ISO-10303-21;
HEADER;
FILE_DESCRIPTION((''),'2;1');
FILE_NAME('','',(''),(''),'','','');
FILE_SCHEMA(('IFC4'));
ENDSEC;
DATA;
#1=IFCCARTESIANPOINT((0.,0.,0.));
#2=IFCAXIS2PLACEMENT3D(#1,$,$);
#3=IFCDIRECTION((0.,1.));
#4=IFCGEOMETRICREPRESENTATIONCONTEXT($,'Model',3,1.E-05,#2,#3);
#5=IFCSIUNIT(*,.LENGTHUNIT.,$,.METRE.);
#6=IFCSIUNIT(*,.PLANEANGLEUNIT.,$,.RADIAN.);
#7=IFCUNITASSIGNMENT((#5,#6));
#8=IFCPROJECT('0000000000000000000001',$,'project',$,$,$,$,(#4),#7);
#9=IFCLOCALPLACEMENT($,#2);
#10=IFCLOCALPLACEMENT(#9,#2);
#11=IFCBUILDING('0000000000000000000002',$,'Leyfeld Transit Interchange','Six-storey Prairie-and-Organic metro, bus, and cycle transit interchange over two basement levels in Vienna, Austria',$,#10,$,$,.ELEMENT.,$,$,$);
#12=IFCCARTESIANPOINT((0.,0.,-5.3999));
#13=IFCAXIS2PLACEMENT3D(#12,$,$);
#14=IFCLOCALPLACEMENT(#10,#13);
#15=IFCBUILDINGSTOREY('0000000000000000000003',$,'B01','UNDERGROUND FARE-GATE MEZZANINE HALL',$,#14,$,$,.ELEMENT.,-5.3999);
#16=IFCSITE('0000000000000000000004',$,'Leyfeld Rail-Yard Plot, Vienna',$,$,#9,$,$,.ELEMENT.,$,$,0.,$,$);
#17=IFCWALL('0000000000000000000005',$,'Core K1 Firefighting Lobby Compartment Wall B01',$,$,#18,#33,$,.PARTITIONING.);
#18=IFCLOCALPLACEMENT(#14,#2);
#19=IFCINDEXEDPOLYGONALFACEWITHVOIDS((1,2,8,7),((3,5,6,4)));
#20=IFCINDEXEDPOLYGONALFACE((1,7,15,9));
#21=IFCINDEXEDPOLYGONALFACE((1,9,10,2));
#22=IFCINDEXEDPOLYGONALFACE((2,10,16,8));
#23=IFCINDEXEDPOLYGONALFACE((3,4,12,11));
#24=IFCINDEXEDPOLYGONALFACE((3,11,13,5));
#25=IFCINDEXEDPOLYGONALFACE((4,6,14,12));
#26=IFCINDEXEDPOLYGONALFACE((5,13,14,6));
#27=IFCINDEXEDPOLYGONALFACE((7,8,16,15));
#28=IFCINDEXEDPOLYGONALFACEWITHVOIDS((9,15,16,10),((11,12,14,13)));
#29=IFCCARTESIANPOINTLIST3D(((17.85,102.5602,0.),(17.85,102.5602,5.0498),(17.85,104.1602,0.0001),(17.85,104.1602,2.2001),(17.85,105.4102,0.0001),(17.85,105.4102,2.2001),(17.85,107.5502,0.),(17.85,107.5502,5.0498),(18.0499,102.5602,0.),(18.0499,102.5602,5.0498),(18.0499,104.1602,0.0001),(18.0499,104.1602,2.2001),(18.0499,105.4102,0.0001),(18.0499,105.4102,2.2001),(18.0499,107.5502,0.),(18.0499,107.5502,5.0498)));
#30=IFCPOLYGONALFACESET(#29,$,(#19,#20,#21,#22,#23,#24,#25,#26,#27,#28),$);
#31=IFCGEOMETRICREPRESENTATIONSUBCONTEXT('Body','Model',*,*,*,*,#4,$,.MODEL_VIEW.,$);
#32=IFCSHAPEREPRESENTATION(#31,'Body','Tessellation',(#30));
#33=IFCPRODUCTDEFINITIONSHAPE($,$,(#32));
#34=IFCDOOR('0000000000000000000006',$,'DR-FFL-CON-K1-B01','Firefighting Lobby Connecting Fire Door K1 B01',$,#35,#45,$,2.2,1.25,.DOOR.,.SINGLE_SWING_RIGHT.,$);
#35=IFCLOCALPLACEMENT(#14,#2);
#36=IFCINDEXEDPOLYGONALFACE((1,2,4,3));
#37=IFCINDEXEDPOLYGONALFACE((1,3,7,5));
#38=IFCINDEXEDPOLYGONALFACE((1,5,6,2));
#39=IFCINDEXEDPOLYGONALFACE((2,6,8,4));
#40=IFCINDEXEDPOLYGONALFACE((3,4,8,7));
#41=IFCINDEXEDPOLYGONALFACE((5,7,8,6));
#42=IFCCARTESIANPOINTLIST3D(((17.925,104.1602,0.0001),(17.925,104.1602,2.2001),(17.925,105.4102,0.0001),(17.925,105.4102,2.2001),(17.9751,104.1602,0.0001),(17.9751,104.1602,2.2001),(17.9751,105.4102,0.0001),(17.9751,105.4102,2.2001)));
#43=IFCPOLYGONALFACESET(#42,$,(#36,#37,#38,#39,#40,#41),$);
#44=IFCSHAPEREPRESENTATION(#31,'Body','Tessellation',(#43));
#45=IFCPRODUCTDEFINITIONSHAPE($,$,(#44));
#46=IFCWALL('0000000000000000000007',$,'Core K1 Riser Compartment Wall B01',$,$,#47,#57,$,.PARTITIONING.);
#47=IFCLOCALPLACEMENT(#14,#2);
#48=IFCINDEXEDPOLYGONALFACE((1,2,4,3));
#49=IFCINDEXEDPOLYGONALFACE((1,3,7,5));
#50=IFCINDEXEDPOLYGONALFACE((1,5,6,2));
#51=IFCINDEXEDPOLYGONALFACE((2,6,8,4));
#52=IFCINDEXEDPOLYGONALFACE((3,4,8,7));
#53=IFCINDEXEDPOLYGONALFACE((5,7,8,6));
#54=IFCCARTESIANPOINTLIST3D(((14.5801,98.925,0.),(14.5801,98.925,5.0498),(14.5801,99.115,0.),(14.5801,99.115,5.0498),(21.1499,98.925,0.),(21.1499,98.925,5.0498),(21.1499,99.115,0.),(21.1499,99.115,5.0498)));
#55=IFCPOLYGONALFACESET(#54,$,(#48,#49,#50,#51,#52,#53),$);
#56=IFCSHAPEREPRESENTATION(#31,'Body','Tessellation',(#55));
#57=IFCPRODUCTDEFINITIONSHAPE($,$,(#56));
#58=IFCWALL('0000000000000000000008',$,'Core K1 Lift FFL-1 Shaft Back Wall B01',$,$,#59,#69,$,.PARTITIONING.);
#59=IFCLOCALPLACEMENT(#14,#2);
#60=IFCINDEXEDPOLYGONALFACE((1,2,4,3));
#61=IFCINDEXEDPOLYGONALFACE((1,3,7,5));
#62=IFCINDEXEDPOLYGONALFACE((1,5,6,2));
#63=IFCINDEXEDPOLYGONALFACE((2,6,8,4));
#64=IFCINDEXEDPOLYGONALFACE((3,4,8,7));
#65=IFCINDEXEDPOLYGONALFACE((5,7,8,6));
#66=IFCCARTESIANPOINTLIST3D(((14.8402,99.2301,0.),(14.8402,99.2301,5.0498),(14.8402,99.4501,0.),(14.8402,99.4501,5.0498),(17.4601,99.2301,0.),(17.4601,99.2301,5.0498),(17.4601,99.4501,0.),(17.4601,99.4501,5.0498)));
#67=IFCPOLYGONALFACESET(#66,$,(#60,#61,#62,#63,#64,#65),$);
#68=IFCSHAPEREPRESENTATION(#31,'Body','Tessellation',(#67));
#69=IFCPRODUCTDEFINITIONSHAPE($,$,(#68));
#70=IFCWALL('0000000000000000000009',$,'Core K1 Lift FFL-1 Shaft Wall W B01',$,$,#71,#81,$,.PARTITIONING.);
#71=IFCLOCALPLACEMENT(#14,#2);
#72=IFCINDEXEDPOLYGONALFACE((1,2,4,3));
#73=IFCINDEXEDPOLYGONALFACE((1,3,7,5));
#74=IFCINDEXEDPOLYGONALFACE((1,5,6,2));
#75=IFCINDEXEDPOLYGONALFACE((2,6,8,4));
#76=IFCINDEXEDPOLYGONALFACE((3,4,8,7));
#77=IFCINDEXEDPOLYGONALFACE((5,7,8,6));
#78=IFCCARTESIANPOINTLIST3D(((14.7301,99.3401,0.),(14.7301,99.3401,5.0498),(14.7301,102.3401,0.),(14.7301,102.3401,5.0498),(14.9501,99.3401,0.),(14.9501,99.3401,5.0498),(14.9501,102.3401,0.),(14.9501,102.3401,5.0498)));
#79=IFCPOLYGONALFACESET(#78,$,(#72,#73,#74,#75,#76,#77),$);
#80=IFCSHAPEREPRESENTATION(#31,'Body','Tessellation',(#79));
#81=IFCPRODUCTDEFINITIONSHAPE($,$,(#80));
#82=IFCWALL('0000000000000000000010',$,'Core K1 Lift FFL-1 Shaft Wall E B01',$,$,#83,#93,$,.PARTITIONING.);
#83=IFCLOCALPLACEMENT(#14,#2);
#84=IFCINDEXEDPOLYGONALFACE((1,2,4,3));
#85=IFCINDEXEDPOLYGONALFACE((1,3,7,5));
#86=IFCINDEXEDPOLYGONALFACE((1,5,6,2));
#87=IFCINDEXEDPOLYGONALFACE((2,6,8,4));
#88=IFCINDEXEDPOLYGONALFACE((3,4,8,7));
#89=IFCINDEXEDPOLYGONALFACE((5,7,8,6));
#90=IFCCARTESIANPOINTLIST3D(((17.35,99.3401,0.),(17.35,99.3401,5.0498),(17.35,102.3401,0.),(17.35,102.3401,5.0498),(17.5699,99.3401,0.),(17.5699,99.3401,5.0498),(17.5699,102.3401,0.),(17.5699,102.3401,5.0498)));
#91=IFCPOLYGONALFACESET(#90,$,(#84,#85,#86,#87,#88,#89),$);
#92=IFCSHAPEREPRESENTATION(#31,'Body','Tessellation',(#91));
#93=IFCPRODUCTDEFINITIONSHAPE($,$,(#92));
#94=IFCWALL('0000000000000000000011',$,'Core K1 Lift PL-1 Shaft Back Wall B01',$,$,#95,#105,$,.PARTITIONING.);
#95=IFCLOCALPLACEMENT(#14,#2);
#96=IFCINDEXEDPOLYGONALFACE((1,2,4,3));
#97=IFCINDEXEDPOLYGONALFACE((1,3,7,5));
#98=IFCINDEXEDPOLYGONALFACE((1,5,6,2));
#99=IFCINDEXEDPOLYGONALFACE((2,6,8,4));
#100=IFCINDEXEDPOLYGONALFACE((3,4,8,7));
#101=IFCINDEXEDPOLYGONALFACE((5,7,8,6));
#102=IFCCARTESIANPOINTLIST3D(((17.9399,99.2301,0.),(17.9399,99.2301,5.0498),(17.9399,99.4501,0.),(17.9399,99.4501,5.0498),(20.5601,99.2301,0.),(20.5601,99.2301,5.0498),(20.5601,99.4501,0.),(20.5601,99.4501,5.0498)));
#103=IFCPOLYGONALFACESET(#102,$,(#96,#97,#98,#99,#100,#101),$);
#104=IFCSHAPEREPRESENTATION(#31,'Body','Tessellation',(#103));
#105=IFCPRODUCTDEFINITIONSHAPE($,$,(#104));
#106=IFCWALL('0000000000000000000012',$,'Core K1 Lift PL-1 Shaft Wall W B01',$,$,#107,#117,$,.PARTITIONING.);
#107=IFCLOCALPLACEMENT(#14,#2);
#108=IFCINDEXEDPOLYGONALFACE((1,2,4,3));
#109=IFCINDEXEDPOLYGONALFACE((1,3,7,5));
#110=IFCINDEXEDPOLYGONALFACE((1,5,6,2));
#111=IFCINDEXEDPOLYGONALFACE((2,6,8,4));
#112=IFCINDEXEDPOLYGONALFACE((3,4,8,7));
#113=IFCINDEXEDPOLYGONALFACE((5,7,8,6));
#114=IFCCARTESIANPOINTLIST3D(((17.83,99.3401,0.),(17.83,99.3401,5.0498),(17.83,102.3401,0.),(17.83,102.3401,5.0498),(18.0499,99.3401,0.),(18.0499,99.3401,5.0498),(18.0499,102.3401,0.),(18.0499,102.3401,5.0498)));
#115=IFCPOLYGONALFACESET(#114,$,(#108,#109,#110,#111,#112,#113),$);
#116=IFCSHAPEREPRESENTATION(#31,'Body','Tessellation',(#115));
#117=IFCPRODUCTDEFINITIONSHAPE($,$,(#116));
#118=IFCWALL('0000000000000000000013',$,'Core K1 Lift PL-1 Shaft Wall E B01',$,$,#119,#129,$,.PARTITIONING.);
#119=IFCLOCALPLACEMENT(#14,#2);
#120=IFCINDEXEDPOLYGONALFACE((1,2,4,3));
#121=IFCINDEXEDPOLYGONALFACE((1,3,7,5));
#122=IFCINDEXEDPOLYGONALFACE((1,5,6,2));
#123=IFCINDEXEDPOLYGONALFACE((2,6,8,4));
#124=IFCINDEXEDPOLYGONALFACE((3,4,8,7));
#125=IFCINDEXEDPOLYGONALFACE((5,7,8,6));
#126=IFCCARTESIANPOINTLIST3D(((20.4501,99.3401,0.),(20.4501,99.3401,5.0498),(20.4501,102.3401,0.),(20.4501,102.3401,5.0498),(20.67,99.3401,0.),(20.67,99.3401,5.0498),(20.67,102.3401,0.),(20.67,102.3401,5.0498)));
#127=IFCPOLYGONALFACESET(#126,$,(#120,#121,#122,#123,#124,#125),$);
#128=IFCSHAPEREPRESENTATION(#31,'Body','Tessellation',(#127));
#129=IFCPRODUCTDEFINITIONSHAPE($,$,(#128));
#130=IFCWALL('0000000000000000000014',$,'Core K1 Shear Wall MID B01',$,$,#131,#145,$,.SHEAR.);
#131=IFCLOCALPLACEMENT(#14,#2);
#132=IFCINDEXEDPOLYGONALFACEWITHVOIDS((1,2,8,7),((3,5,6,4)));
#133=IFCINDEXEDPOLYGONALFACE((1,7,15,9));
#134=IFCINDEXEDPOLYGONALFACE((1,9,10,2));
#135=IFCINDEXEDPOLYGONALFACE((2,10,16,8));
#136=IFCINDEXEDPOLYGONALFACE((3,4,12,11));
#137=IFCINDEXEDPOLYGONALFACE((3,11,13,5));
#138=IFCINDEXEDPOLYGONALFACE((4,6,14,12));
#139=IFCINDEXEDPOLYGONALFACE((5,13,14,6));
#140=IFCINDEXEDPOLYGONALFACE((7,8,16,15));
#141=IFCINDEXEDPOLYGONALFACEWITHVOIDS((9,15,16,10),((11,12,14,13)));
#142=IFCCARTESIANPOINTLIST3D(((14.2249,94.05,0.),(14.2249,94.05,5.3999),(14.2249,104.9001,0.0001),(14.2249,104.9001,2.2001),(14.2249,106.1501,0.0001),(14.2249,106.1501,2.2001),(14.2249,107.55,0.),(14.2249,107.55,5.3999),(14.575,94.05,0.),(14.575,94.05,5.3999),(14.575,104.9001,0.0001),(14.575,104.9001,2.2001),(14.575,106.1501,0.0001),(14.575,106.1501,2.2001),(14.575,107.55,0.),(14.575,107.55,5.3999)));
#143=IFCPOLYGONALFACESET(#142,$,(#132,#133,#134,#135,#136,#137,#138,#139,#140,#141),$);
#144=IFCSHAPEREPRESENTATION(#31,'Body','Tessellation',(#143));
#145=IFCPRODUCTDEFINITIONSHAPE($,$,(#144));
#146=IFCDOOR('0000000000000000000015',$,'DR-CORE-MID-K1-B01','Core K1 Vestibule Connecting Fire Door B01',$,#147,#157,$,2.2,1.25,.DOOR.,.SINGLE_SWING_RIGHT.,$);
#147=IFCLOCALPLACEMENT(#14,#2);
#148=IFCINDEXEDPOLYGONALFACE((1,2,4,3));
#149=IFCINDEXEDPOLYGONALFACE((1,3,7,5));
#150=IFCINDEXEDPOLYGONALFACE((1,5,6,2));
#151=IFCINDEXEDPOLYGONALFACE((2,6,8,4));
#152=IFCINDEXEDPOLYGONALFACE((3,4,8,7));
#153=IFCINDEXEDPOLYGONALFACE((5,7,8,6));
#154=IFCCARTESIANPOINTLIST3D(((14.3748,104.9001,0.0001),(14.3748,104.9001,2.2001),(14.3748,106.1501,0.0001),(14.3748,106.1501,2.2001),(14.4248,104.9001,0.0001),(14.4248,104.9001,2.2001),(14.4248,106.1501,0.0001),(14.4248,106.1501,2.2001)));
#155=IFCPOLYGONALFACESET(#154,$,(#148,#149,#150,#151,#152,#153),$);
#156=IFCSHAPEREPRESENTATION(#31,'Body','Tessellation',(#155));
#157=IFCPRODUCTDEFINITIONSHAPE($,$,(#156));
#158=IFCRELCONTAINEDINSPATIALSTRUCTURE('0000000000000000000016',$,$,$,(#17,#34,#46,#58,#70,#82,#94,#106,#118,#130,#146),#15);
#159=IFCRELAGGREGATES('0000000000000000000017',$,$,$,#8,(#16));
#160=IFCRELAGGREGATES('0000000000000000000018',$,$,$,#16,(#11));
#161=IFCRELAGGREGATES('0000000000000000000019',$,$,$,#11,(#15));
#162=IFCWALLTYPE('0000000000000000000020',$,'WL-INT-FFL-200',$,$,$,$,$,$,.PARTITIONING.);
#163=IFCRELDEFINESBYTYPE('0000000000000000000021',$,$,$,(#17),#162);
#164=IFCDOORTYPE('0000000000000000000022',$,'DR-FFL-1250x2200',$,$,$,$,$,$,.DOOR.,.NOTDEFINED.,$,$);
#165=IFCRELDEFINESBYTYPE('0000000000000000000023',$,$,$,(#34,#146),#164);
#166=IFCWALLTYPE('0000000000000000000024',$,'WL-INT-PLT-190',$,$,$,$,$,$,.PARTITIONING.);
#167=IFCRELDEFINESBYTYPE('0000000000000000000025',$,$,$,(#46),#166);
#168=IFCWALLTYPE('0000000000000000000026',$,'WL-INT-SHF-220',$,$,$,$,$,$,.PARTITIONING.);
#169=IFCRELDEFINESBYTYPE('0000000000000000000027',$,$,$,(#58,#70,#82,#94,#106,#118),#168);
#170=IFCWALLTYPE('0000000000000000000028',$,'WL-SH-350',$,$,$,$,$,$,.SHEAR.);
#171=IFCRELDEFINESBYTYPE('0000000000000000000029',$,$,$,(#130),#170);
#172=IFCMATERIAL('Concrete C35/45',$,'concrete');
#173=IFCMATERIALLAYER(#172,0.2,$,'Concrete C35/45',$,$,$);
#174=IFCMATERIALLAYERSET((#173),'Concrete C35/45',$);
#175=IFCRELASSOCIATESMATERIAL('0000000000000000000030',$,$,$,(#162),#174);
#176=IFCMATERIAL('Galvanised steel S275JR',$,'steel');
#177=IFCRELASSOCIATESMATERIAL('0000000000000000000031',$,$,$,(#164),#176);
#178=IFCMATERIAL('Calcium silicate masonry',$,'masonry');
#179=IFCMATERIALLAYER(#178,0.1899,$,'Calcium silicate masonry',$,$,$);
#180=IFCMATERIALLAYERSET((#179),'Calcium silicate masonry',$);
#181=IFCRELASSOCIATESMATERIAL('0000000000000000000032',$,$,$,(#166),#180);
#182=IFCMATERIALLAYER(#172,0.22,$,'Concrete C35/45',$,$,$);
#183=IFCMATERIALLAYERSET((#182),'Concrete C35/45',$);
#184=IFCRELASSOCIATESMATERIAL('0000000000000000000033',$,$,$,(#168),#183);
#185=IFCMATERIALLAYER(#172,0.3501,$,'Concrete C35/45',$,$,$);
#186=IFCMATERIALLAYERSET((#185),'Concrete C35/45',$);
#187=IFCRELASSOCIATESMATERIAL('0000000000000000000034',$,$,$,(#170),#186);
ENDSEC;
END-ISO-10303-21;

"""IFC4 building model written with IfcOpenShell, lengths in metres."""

from ifc_helpers import new_model, si_unit, direction, frame, frame_2d, origin, place, context, subcontext, project, spatial, rectangle, extrude, material, layer, layer_set, type_object, element, fill, save


model = new_model("IFC4")

# Units and contexts
model_context = context("Model", 3, precision=1e-05, world=origin(), true_north=direction((0.0, 1.0)))
body_context = subcontext(model_context, "Body", "Model", "MODEL_VIEW")
ifc_project = project(units=[si_unit("LENGTHUNIT", "METRE"), si_unit("PLANEANGLEUNIT", "RADIAN")], contexts=[model_context])

# Site, building, storey
site_placement = place(None, origin())
site = spatial("IfcSite", under=ifc_project, at=site_placement, Name="Leyfeld Rail-Yard Plot, Vienna", CompositionType="ELEMENT", RefElevation=0.0)
building_placement = place(site_placement, origin())
building = spatial("IfcBuilding", under=site, at=building_placement, Name="Leyfeld Transit Interchange", Description="Six-storey Prairie-and-Organic metro, bus, and cycle transit interchange over two basement levels in Vienna, Austria", CompositionType="ELEMENT")
storey_placement = place(building_placement, frame((0.0, 0.0, -5.3999)))
storey = spatial("IfcBuildingStorey", under=building, at=storey_placement, Name="B01", Description="UNDERGROUND FARE-GATE MEZZANINE HALL", CompositionType="ELEMENT", Elevation=-5.3999)

# Shared definitions
ifc_material_1 = material(Name="Concrete C35/45", Category="concrete")

# Wall, opening, door
ifc_layer_1 = layer(ifc_material_1, 0.2, Name="Concrete C35/45")
ifc_layer_set_1 = layer_set([ifc_layer_1], Name="Concrete C35/45")
wall_type_1 = type_object("IfcWallType", Name="WL-INT-FFL-200", PredefinedType="PARTITIONING", material=ifc_layer_set_1)
wall_1_placement = place(storey_placement, frame((17.95, 102.5601, 0.0), z_axis=(0.0, 0.0, 1.0), x_axis=(0.0, 1.0, 0.0)))
wall_1 = element("IfcWall", 1, at=wall_1_placement, inside=storey, type_object=wall_type_1, Name="Core K1 Firefighting Lobby Compartment Wall B01", PredefinedType="PARTITIONING", context=body_context, shape_type="SweptSolid", body=[
    extrude(rectangle(XDim=4.99, YDim=0.2, at=frame_2d((2.4951, 0.0))), origin(), (0.0, 0.0, 1.0), 5.0498),
])
opening_1_placement = place(wall_1_placement, frame((1.6001, 0.0, 0.0)))
opening_1 = element("IfcOpeningElement", 2, at=opening_1_placement, cuts=wall_1, PredefinedType="OPENING", context=body_context, shape_type="SweptSolid", body=[
    extrude(rectangle(XDim=1.25, YDim=2.2, at=frame_2d((0.625, 1.1001))), frame((0.0, 0.1099, 0.0), z_axis=(0.0, -1.0, 0.0), x_axis=(1.0, 0.0, 0.0)), (0.0, 0.0, 1.0), 0.22),
])
ifc_material_2 = material(Name="Galvanised steel S275JR", Category="steel")
door_type_1 = type_object("IfcDoorType", Name="DR-FFL-1250x2200", OperationType="NOTDEFINED", PredefinedType="DOOR", material=ifc_material_2)
door_1_placement = place(opening_1_placement, origin())
door_1 = element("IfcDoor", 3, at=door_1_placement, inside=storey, type_object=door_type_1, Name="DR-FFL-CON-K1-B01", Description="Firefighting Lobby Connecting Fire Door K1 B01", OperationType="SINGLE_SWING_RIGHT", OverallHeight=2.2, OverallWidth=1.25, PredefinedType="DOOR", context=body_context, shape_type="SweptSolid", body=[
    extrude(rectangle(XDim=1.25, YDim=2.2, at=frame_2d((0.625, 1.1001))), frame((0.0, 0.0249, 0.0), z_axis=(0.0, -1.0, 0.0), x_axis=(1.0, 0.0, 0.0)), (0.0, 0.0, 1.0), 0.05),
])
fill(opening_1, door_1)

# Wall
ifc_material_3 = material(Name="Calcium silicate masonry", Category="masonry")
ifc_layer_2 = layer(ifc_material_3, 0.1899, Name="Calcium silicate masonry")
ifc_layer_set_2 = layer_set([ifc_layer_2], Name="Calcium silicate masonry")
wall_type_2 = type_object("IfcWallType", Name="WL-INT-PLT-190", PredefinedType="PARTITIONING", material=ifc_layer_set_2)
wall_2_placement = place(storey_placement, frame((14.5801, 99.02, 0.0), z_axis=(0.0, 0.0, 1.0), x_axis=(1.0, 0.0, 0.0)))
element("IfcWall", 4, at=wall_2_placement, inside=storey, type_object=wall_type_2, Name="Core K1 Riser Compartment Wall B01", PredefinedType="PARTITIONING", context=body_context, shape_type="SweptSolid", body=[
    extrude(rectangle(XDim=6.5698, YDim=0.1899, at=frame_2d((3.2849, 0.0))), origin(), (0.0, 0.0, 1.0), 5.0498),
])

# Shared definitions
ifc_layer_3 = layer(ifc_material_1, 0.22, Name="Concrete C35/45")
ifc_layer_set_3 = layer_set([ifc_layer_3], Name="Concrete C35/45")
wall_type_3 = type_object("IfcWallType", Name="WL-INT-SHF-220", PredefinedType="PARTITIONING", material=ifc_layer_set_3)

# Walls
wall_3_placement = place(storey_placement, frame((14.8401, 99.3401, 0.0), z_axis=(0.0, 0.0, 1.0), x_axis=(1.0, 0.0, 0.0)))
element("IfcWall", 5, at=wall_3_placement, inside=storey, type_object=wall_type_3, Name="Core K1 Lift FFL-1 Shaft Back Wall B01", PredefinedType="PARTITIONING", context=body_context, shape_type="SweptSolid", body=[
    extrude(rectangle(XDim=2.6199, YDim=0.22, at=frame_2d((1.3101, 0.0))), origin(), (0.0, 0.0, 1.0), 5.0498),
])
for number, where, z_axis, x_axis, name in (
    (6, (14.8401, 99.3401, 0.0), (0.0, 0.0, 1.0), (0.0, 1.0, 0.0), "Core K1 Lift FFL-1 Shaft Wall W B01"),
    (7, (17.46, 99.3401, 0.0), (0.0, 0.0, 1.0), (0.0, 1.0, 0.0), "Core K1 Lift FFL-1 Shaft Wall E B01"),
):
    element("IfcWall", number, at=place(storey_placement, frame(where, z_axis=z_axis, x_axis=x_axis)), inside=storey, type_object=wall_type_3, Name=name, PredefinedType="PARTITIONING", context=body_context, shape_type="SweptSolid", body=[
        extrude(rectangle(XDim=3.0, YDim=0.22, at=frame_2d((1.5, 0.0))), origin(), (0.0, 0.0, 1.0), 5.0498),
    ])
wall_4_placement = place(storey_placement, frame((17.9399, 99.3401, 0.0), z_axis=(0.0, 0.0, 1.0), x_axis=(1.0, 0.0, 0.0)))
element("IfcWall", 8, at=wall_4_placement, inside=storey, type_object=wall_type_3, Name="Core K1 Lift PL-1 Shaft Back Wall B01", PredefinedType="PARTITIONING", context=body_context, shape_type="SweptSolid", body=[
    extrude(rectangle(XDim=2.6201, YDim=0.22, at=frame_2d((1.3101, 0.0))), origin(), (0.0, 0.0, 1.0), 5.0498),
])
for number, where, z_axis, x_axis, name in (
    (9, (17.9399, 99.3401, 0.0), (0.0, 0.0, 1.0), (0.0, 1.0, 0.0), "Core K1 Lift PL-1 Shaft Wall W B01"),
    (10, (20.5601, 99.3401, 0.0), (0.0, 0.0, 1.0), (0.0, 1.0, 0.0), "Core K1 Lift PL-1 Shaft Wall E B01"),
):
    element("IfcWall", number, at=place(storey_placement, frame(where, z_axis=z_axis, x_axis=x_axis)), inside=storey, type_object=wall_type_3, Name=name, PredefinedType="PARTITIONING", context=body_context, shape_type="SweptSolid", body=[
        extrude(rectangle(XDim=3.0, YDim=0.22, at=frame_2d((1.5, 0.0))), origin(), (0.0, 0.0, 1.0), 5.0498),
    ])

# Wall, opening, door
ifc_layer_4 = layer(ifc_material_1, 0.3501, Name="Concrete C35/45")
ifc_layer_set_4 = layer_set([ifc_layer_4], Name="Concrete C35/45")
wall_type_4 = type_object("IfcWallType", Name="WL-SH-350", PredefinedType="SHEAR", material=ifc_layer_set_4)
wall_5_placement = place(storey_placement, frame((14.3999, 107.55, 0.0), z_axis=(0.0, 0.0, 1.0), x_axis=(0.0, -1.0, 0.0)))
wall_5 = element("IfcWall", 11, at=wall_5_placement, inside=storey, type_object=wall_type_4, Name="Core K1 Shear Wall MID B01", PredefinedType="SHEAR", context=body_context, shape_type="SweptSolid", body=[
    extrude(rectangle(XDim=13.5, YDim=0.3501, at=frame_2d((6.75, 0.0))), origin(), (0.0, 0.0, 1.0), 5.3999),
])
opening_2_placement = place(wall_5_placement, frame((1.3999, 0.0, 0.0)))
opening_2 = element("IfcOpeningElement", 12, at=opening_2_placement, cuts=wall_5, PredefinedType="OPENING", context=body_context, shape_type="SweptSolid", body=[
    extrude(rectangle(XDim=1.25, YDim=2.2, at=frame_2d((0.625, 1.1001))), frame((0.0, 0.1851, 0.0), z_axis=(0.0, -1.0, 0.0), x_axis=(1.0, 0.0, 0.0)), (0.0, 0.0, 1.0), 0.3701),
])
door_2_placement = place(opening_2_placement, origin())
door_2 = element("IfcDoor", 13, at=door_2_placement, inside=storey, type_object=door_type_1, Name="DR-CORE-MID-K1-B01", Description="Core K1 Vestibule Connecting Fire Door B01", OperationType="SINGLE_SWING_RIGHT", OverallHeight=2.2, OverallWidth=1.25, PredefinedType="DOOR", context=body_context, shape_type="SweptSolid", body=[
    extrude(rectangle(XDim=1.25, YDim=2.2, at=frame_2d((0.625, 1.1001))), frame((0.0, 0.0249, 0.0), z_axis=(0.0, -1.0, 0.0), x_axis=(1.0, 0.0, 0.0)), (0.0, 0.0, 1.0), 0.05),
])
fill(opening_2, door_2)

save(model, "model.ifc")
